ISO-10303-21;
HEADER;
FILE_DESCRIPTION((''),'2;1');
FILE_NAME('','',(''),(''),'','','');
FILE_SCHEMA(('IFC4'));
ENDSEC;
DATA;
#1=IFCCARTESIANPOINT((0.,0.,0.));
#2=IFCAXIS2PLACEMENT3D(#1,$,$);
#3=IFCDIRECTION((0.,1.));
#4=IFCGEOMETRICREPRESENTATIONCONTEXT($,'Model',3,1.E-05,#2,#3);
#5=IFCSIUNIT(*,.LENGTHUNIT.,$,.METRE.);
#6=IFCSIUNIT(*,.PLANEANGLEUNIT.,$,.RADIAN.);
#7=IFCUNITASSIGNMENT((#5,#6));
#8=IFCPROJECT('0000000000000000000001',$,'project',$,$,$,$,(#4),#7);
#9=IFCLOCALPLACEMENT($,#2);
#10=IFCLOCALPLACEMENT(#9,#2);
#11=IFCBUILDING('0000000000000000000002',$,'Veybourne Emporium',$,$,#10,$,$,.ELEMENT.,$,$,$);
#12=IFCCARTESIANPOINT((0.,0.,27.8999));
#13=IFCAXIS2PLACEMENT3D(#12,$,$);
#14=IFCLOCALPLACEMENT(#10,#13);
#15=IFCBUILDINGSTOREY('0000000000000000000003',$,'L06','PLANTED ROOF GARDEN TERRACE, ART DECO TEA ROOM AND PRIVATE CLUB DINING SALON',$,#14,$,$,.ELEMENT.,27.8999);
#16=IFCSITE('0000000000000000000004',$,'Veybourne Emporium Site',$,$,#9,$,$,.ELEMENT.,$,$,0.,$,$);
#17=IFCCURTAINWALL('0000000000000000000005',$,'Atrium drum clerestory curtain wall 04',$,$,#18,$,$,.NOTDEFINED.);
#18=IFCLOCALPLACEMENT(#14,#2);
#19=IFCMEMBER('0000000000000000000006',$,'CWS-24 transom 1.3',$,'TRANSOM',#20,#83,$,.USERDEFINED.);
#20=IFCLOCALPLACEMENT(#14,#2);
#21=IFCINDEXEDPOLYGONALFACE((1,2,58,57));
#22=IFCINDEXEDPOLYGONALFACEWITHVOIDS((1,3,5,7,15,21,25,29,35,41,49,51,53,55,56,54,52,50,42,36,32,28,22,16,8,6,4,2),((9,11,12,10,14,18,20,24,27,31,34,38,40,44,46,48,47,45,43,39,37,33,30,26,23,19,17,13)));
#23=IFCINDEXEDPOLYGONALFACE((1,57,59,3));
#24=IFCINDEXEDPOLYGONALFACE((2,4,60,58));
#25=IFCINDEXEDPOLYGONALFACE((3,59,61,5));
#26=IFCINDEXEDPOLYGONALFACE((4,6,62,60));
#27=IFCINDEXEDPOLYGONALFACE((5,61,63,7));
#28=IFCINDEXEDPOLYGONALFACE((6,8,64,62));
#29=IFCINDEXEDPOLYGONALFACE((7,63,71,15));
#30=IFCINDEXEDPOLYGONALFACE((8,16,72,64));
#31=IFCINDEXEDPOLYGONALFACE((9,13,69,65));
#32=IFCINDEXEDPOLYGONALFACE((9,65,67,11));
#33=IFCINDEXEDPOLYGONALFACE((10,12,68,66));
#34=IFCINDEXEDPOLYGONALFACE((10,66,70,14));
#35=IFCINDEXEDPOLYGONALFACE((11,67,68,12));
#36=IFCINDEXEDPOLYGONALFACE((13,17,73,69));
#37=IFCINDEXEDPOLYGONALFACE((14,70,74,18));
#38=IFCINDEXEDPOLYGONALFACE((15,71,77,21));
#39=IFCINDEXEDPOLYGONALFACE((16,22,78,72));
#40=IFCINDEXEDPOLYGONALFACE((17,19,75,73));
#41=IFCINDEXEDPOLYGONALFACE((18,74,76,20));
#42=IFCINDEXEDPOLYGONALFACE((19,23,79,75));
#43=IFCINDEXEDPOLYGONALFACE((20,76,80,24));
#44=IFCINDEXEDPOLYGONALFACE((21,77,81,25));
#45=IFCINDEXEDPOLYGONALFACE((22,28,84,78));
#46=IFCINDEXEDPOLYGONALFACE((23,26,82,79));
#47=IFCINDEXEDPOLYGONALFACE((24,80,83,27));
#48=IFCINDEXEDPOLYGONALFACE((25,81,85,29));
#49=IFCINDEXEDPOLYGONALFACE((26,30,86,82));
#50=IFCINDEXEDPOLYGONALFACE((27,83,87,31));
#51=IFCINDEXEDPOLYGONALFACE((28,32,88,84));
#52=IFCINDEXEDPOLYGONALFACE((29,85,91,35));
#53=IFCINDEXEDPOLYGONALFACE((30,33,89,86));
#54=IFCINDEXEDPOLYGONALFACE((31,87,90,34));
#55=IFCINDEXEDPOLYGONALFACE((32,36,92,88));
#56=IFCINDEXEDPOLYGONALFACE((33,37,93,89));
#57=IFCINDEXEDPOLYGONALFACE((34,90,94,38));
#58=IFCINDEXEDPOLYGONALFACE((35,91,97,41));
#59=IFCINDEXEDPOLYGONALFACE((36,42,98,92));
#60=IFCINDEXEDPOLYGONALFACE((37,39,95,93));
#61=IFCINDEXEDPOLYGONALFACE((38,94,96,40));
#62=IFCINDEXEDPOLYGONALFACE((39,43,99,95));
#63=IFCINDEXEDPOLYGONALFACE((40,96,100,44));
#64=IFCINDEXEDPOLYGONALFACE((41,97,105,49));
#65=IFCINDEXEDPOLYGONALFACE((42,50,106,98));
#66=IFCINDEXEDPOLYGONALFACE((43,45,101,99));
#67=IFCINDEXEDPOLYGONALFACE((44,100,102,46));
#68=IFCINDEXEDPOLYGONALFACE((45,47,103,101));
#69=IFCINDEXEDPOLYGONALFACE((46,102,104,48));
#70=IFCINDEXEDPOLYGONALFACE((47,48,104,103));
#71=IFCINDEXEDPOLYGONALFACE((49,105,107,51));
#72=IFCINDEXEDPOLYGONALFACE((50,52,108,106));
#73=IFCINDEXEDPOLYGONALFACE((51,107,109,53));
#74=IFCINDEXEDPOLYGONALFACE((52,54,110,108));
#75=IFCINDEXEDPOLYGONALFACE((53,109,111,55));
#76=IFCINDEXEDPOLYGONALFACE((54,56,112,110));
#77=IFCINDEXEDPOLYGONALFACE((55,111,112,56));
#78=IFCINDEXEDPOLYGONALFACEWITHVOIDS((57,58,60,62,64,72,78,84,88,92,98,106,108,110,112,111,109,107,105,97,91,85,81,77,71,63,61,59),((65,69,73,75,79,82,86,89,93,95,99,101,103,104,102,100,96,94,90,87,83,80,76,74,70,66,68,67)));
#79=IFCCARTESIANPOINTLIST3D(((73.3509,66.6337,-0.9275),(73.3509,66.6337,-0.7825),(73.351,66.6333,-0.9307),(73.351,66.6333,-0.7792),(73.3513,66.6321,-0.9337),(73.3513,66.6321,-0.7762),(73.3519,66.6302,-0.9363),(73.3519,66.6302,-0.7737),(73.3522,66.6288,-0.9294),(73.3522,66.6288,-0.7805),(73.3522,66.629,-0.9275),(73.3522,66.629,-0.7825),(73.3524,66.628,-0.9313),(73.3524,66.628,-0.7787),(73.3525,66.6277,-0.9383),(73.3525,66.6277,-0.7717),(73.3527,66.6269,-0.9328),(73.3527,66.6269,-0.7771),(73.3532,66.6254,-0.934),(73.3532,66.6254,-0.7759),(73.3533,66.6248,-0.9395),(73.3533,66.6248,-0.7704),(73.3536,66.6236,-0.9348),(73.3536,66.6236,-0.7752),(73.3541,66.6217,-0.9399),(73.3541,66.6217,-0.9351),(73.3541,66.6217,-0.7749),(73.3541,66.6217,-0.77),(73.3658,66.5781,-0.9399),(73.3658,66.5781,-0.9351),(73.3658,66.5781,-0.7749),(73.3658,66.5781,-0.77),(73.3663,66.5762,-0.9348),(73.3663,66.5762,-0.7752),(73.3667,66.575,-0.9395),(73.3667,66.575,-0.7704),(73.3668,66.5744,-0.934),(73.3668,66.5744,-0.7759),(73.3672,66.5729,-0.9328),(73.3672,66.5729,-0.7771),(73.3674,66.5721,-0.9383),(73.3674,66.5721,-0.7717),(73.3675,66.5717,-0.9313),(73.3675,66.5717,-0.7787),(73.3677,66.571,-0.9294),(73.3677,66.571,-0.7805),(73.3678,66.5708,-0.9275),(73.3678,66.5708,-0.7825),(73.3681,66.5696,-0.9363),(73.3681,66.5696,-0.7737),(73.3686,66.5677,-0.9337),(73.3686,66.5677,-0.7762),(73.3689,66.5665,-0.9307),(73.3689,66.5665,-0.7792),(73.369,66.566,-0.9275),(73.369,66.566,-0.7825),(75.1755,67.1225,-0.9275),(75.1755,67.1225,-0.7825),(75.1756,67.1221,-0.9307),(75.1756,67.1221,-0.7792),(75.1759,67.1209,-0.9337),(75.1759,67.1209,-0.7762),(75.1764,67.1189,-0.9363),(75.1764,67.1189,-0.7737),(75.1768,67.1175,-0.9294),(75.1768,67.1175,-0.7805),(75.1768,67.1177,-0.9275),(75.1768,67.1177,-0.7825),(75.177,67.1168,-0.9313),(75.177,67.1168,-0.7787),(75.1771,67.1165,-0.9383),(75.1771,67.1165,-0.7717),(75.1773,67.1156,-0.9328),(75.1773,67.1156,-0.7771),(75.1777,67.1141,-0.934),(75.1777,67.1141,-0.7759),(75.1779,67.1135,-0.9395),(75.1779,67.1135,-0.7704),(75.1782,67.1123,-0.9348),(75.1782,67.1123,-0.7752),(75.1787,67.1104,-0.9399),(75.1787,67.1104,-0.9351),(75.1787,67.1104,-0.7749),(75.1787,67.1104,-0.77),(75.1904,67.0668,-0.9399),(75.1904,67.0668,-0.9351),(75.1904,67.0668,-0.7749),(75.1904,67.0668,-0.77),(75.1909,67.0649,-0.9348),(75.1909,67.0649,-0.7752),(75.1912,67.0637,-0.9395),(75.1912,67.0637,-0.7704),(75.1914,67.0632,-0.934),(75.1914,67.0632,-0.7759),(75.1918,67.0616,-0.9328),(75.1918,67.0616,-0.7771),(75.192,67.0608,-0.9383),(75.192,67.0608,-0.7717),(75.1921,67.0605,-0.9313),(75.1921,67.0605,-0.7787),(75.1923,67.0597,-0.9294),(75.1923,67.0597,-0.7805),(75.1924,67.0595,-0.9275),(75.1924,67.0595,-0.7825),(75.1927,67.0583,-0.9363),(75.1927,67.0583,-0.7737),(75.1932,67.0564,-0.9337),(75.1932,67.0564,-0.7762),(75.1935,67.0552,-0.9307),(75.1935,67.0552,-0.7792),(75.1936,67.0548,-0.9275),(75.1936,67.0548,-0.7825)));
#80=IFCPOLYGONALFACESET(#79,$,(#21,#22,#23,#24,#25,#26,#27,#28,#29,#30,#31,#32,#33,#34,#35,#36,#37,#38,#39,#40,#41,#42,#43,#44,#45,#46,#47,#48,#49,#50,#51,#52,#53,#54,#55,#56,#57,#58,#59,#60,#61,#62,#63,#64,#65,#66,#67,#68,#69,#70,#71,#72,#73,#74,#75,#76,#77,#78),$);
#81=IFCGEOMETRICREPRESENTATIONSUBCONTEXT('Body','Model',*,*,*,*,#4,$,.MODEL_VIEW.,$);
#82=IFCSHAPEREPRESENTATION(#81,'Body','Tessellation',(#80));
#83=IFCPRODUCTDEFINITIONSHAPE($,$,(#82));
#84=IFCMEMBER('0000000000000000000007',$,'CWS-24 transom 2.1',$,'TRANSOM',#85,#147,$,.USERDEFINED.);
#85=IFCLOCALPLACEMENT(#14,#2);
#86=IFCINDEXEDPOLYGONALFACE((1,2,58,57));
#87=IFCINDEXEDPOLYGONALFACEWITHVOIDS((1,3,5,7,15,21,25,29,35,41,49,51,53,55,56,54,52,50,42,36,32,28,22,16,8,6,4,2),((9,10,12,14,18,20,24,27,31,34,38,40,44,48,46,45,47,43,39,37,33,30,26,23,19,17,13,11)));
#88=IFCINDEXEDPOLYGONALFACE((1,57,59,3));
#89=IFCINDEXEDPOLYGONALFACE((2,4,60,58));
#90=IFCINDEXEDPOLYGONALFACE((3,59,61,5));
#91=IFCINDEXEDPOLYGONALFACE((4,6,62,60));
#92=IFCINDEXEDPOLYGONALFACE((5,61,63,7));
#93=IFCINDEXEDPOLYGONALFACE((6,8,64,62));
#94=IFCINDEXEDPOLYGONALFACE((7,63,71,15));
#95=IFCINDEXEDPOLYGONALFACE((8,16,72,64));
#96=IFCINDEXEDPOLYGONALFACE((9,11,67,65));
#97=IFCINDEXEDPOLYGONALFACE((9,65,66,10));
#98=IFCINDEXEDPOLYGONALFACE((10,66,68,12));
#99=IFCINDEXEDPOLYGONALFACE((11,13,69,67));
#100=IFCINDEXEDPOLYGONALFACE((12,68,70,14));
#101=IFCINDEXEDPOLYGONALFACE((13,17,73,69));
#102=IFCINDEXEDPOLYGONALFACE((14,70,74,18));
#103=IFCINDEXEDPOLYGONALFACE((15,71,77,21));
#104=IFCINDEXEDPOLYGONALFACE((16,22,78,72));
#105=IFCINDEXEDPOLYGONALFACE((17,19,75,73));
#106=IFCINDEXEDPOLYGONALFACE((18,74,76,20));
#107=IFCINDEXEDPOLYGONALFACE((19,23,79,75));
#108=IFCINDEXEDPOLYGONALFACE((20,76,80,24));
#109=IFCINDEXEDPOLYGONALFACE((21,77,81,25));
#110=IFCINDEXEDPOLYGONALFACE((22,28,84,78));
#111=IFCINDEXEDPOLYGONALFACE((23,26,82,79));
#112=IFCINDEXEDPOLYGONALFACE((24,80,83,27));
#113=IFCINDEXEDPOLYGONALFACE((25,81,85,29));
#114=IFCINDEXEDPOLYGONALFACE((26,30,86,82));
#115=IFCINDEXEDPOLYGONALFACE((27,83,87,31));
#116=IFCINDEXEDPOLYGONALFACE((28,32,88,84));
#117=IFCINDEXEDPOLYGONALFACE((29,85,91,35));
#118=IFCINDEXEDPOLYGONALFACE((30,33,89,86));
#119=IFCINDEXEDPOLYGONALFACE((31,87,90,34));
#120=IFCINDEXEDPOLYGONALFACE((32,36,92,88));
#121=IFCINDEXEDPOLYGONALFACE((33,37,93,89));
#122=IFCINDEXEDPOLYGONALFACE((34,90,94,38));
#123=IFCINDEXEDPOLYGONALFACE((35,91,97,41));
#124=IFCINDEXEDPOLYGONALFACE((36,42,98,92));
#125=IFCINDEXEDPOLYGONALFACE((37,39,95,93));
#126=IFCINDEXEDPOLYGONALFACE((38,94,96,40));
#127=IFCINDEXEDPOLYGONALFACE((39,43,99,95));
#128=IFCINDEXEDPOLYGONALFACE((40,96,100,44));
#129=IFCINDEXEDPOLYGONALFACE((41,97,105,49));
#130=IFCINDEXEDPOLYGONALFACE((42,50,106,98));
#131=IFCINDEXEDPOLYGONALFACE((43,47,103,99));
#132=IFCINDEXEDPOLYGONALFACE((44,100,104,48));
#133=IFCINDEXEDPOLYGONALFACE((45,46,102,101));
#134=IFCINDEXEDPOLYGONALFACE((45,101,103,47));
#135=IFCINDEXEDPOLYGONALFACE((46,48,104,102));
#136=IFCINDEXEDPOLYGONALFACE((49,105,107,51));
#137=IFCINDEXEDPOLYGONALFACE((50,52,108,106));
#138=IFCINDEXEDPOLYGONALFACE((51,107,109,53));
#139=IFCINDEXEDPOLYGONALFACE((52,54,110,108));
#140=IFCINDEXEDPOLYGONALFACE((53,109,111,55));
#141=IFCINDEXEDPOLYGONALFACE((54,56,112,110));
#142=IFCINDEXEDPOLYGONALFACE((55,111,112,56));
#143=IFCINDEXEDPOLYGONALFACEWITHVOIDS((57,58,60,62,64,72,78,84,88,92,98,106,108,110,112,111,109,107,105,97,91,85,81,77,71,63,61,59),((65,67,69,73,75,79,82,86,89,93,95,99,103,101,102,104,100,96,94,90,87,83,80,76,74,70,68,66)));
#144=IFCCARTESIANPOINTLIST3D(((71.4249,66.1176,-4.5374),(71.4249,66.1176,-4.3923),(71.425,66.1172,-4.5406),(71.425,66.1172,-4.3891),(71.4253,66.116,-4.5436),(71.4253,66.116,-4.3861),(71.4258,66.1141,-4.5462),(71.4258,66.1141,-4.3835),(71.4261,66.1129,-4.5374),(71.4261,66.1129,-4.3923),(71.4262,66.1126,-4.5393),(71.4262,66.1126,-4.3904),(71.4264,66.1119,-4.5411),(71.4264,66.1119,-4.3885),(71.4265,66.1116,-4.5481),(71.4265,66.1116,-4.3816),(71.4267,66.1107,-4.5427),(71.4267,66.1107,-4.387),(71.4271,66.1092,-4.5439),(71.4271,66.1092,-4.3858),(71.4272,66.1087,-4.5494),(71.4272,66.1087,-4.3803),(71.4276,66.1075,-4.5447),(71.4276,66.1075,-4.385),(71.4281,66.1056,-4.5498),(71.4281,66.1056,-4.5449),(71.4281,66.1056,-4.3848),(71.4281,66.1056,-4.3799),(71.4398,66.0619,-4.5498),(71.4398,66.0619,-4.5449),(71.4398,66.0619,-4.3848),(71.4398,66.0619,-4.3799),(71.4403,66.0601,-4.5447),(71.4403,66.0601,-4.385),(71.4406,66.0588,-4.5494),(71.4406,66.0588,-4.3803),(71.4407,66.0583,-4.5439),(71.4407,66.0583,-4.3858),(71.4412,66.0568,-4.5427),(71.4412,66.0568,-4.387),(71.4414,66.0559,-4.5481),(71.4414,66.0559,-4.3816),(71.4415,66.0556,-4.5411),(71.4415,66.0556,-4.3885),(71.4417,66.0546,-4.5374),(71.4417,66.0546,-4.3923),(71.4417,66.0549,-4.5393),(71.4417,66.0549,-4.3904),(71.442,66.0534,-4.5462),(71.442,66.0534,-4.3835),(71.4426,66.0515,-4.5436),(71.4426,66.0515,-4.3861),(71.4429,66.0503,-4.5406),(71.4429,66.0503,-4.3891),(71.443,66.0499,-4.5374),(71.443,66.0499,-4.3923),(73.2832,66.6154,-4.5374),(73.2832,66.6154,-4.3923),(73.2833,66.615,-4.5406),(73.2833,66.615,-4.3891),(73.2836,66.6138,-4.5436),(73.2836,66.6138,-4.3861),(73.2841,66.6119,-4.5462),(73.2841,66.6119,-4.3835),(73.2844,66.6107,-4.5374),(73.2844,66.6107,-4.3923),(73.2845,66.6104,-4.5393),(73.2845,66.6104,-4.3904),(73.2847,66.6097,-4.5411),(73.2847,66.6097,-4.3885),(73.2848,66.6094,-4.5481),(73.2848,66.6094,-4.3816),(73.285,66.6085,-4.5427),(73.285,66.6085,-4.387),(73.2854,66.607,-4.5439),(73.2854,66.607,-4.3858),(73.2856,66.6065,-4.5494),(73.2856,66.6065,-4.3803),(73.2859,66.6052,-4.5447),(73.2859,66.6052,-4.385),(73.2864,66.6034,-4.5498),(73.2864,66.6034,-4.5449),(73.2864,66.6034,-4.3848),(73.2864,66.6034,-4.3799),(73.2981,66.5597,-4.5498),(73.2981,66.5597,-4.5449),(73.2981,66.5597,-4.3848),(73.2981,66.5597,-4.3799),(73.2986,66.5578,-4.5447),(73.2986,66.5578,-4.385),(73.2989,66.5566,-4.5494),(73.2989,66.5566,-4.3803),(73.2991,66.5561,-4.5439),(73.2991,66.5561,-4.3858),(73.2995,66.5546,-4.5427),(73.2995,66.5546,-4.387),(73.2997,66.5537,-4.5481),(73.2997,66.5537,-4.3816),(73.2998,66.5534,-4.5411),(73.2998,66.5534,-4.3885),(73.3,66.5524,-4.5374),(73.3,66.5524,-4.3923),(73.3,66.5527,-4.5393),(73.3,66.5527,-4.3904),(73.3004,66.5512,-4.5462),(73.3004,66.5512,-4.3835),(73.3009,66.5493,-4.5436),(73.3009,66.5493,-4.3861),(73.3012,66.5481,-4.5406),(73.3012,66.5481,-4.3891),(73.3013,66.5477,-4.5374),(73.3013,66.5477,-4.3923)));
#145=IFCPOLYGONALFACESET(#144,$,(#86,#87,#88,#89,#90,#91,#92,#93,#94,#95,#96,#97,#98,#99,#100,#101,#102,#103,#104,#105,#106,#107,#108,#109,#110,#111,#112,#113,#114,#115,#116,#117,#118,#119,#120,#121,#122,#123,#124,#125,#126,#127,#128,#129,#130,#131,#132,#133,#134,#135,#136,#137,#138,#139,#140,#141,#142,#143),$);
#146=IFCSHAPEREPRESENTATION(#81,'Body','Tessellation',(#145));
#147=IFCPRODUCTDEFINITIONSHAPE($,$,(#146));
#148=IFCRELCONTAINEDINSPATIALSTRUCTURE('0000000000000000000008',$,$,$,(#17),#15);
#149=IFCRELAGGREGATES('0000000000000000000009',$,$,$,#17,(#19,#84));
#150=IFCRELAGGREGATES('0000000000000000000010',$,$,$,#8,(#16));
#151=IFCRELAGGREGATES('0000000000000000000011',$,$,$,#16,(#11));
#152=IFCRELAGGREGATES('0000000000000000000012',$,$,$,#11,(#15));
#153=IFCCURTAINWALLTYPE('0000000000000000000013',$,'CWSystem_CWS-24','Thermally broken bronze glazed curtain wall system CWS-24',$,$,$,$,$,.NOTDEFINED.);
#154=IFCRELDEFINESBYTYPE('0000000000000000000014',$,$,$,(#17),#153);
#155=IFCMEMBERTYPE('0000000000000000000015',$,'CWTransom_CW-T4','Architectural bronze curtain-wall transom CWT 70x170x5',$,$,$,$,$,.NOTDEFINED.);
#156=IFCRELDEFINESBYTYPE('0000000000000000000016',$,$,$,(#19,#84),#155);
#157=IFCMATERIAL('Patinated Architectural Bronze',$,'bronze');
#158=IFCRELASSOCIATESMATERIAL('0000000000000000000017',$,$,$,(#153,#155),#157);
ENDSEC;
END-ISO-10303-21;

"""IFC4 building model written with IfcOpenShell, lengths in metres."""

from ifc_helpers import new_model, si_unit, direction, frame, origin, origin_2d, place, context, subcontext, project, spatial, hollow_rectangle, extrude, material, material_profile, profile_set, type_object, element, aggregate, save


model = new_model("IFC4")

# Units and contexts
model_context = context("Model", 3, precision=1e-05, world=origin(), true_north=direction((0.0, 1.0)))
body_context = subcontext(model_context, "Body", "Model", "MODEL_VIEW")
ifc_project = project(units=[si_unit("LENGTHUNIT", "METRE"), si_unit("PLANEANGLEUNIT", "RADIAN")], contexts=[model_context])

# Site, building, storey
site_placement = place(None, origin())
site = spatial("IfcSite", under=ifc_project, at=site_placement, Name="Veybourne Emporium Site", CompositionType="ELEMENT", RefElevation=0.0)
building_placement = place(site_placement, origin())
building = spatial("IfcBuilding", under=site, at=building_placement, Name="Veybourne Emporium", CompositionType="ELEMENT")
storey_placement = place(building_placement, frame((0.0, 0.0, 27.8999)))
storey = spatial("IfcBuildingStorey", under=building, at=storey_placement, Name="L06", Description="PLANTED ROOF GARDEN TERRACE, ART DECO TEA ROOM AND PRIVATE CLUB DINING SALON", CompositionType="ELEMENT", Elevation=27.8999)

# Curtain wall
ifc_material_1 = material(Name="Patinated Architectural Bronze", Category="bronze")
curtain_wall_type_1 = type_object("IfcCurtainWallType", Name="CWSystem_CWS-24", Description="Thermally broken bronze glazed curtain wall system CWS-24", PredefinedType="NOTDEFINED", material=ifc_material_1)
curtain_wall_1_placement = place(storey_placement, origin())
curtain_wall_1 = element("IfcCurtainWall", 1, at=curtain_wall_1_placement, inside=storey, type_object=curtain_wall_type_1, Name="Atrium drum clerestory curtain wall 04", PredefinedType="NOTDEFINED")

# Members
ifc_material_profile_1 = material_profile(ifc_material_1, hollow_rectangle(XDim=0.0701, YDim=0.1699, WallThickness=0.0049, InnerFilletRadius=0.0076, OuterFilletRadius=0.0125, at=origin_2d()), Name="CWT 70x170x5")
ifc_profile_set_1 = profile_set([ifc_material_profile_1], Name="Patinated Architectural Bronze")
member_type_1 = type_object("IfcMemberType", Name="CWTransom_CW-T4", Description="Architectural bronze curtain-wall transom CWT 70x170x5", PredefinedType="NOTDEFINED", material=ifc_profile_set_1)
member_1_placement = place(storey_placement, frame((75.1846, 67.0886, -0.855), z_axis=(-0.965947, -0.25874, 0.0), x_axis=(0.25874, -0.965947, 0.0)))
member_1 = element("IfcMember", 2, at=member_1_placement, type_object=member_type_1, Name="CWS-24 transom 1.3", ObjectType="TRANSOM", PredefinedType="USERDEFINED", context=body_context, shape_type="SweptSolid", body=[
    extrude(hollow_rectangle(XDim=0.0701, YDim=0.1699, WallThickness=0.0049, InnerFilletRadius=0.0076, OuterFilletRadius=0.0125, at=origin_2d()), origin(), (0.0, 0.0, 1.0), 1.8889),
])
member_2_placement = place(storey_placement, frame((73.2922, 66.5815, -4.4648), z_axis=(-0.965946, -0.258745, 0.0), x_axis=(0.258745, -0.965946, 0.0)))
member_2 = element("IfcMember", 3, at=member_2_placement, type_object=member_type_1, Name="CWS-24 transom 2.1", ObjectType="TRANSOM", PredefinedType="USERDEFINED", context=body_context, shape_type="SweptSolid", body=[
    extrude(hollow_rectangle(XDim=0.0701, YDim=0.1699, WallThickness=0.0049, InnerFilletRadius=0.0076, OuterFilletRadius=0.0125, at=origin_2d()), origin(), (0.0, 0.0, 1.0), 1.9238),
])

aggregate(curtain_wall_1, [member_1, member_2])

save(model, "model.ifc")
